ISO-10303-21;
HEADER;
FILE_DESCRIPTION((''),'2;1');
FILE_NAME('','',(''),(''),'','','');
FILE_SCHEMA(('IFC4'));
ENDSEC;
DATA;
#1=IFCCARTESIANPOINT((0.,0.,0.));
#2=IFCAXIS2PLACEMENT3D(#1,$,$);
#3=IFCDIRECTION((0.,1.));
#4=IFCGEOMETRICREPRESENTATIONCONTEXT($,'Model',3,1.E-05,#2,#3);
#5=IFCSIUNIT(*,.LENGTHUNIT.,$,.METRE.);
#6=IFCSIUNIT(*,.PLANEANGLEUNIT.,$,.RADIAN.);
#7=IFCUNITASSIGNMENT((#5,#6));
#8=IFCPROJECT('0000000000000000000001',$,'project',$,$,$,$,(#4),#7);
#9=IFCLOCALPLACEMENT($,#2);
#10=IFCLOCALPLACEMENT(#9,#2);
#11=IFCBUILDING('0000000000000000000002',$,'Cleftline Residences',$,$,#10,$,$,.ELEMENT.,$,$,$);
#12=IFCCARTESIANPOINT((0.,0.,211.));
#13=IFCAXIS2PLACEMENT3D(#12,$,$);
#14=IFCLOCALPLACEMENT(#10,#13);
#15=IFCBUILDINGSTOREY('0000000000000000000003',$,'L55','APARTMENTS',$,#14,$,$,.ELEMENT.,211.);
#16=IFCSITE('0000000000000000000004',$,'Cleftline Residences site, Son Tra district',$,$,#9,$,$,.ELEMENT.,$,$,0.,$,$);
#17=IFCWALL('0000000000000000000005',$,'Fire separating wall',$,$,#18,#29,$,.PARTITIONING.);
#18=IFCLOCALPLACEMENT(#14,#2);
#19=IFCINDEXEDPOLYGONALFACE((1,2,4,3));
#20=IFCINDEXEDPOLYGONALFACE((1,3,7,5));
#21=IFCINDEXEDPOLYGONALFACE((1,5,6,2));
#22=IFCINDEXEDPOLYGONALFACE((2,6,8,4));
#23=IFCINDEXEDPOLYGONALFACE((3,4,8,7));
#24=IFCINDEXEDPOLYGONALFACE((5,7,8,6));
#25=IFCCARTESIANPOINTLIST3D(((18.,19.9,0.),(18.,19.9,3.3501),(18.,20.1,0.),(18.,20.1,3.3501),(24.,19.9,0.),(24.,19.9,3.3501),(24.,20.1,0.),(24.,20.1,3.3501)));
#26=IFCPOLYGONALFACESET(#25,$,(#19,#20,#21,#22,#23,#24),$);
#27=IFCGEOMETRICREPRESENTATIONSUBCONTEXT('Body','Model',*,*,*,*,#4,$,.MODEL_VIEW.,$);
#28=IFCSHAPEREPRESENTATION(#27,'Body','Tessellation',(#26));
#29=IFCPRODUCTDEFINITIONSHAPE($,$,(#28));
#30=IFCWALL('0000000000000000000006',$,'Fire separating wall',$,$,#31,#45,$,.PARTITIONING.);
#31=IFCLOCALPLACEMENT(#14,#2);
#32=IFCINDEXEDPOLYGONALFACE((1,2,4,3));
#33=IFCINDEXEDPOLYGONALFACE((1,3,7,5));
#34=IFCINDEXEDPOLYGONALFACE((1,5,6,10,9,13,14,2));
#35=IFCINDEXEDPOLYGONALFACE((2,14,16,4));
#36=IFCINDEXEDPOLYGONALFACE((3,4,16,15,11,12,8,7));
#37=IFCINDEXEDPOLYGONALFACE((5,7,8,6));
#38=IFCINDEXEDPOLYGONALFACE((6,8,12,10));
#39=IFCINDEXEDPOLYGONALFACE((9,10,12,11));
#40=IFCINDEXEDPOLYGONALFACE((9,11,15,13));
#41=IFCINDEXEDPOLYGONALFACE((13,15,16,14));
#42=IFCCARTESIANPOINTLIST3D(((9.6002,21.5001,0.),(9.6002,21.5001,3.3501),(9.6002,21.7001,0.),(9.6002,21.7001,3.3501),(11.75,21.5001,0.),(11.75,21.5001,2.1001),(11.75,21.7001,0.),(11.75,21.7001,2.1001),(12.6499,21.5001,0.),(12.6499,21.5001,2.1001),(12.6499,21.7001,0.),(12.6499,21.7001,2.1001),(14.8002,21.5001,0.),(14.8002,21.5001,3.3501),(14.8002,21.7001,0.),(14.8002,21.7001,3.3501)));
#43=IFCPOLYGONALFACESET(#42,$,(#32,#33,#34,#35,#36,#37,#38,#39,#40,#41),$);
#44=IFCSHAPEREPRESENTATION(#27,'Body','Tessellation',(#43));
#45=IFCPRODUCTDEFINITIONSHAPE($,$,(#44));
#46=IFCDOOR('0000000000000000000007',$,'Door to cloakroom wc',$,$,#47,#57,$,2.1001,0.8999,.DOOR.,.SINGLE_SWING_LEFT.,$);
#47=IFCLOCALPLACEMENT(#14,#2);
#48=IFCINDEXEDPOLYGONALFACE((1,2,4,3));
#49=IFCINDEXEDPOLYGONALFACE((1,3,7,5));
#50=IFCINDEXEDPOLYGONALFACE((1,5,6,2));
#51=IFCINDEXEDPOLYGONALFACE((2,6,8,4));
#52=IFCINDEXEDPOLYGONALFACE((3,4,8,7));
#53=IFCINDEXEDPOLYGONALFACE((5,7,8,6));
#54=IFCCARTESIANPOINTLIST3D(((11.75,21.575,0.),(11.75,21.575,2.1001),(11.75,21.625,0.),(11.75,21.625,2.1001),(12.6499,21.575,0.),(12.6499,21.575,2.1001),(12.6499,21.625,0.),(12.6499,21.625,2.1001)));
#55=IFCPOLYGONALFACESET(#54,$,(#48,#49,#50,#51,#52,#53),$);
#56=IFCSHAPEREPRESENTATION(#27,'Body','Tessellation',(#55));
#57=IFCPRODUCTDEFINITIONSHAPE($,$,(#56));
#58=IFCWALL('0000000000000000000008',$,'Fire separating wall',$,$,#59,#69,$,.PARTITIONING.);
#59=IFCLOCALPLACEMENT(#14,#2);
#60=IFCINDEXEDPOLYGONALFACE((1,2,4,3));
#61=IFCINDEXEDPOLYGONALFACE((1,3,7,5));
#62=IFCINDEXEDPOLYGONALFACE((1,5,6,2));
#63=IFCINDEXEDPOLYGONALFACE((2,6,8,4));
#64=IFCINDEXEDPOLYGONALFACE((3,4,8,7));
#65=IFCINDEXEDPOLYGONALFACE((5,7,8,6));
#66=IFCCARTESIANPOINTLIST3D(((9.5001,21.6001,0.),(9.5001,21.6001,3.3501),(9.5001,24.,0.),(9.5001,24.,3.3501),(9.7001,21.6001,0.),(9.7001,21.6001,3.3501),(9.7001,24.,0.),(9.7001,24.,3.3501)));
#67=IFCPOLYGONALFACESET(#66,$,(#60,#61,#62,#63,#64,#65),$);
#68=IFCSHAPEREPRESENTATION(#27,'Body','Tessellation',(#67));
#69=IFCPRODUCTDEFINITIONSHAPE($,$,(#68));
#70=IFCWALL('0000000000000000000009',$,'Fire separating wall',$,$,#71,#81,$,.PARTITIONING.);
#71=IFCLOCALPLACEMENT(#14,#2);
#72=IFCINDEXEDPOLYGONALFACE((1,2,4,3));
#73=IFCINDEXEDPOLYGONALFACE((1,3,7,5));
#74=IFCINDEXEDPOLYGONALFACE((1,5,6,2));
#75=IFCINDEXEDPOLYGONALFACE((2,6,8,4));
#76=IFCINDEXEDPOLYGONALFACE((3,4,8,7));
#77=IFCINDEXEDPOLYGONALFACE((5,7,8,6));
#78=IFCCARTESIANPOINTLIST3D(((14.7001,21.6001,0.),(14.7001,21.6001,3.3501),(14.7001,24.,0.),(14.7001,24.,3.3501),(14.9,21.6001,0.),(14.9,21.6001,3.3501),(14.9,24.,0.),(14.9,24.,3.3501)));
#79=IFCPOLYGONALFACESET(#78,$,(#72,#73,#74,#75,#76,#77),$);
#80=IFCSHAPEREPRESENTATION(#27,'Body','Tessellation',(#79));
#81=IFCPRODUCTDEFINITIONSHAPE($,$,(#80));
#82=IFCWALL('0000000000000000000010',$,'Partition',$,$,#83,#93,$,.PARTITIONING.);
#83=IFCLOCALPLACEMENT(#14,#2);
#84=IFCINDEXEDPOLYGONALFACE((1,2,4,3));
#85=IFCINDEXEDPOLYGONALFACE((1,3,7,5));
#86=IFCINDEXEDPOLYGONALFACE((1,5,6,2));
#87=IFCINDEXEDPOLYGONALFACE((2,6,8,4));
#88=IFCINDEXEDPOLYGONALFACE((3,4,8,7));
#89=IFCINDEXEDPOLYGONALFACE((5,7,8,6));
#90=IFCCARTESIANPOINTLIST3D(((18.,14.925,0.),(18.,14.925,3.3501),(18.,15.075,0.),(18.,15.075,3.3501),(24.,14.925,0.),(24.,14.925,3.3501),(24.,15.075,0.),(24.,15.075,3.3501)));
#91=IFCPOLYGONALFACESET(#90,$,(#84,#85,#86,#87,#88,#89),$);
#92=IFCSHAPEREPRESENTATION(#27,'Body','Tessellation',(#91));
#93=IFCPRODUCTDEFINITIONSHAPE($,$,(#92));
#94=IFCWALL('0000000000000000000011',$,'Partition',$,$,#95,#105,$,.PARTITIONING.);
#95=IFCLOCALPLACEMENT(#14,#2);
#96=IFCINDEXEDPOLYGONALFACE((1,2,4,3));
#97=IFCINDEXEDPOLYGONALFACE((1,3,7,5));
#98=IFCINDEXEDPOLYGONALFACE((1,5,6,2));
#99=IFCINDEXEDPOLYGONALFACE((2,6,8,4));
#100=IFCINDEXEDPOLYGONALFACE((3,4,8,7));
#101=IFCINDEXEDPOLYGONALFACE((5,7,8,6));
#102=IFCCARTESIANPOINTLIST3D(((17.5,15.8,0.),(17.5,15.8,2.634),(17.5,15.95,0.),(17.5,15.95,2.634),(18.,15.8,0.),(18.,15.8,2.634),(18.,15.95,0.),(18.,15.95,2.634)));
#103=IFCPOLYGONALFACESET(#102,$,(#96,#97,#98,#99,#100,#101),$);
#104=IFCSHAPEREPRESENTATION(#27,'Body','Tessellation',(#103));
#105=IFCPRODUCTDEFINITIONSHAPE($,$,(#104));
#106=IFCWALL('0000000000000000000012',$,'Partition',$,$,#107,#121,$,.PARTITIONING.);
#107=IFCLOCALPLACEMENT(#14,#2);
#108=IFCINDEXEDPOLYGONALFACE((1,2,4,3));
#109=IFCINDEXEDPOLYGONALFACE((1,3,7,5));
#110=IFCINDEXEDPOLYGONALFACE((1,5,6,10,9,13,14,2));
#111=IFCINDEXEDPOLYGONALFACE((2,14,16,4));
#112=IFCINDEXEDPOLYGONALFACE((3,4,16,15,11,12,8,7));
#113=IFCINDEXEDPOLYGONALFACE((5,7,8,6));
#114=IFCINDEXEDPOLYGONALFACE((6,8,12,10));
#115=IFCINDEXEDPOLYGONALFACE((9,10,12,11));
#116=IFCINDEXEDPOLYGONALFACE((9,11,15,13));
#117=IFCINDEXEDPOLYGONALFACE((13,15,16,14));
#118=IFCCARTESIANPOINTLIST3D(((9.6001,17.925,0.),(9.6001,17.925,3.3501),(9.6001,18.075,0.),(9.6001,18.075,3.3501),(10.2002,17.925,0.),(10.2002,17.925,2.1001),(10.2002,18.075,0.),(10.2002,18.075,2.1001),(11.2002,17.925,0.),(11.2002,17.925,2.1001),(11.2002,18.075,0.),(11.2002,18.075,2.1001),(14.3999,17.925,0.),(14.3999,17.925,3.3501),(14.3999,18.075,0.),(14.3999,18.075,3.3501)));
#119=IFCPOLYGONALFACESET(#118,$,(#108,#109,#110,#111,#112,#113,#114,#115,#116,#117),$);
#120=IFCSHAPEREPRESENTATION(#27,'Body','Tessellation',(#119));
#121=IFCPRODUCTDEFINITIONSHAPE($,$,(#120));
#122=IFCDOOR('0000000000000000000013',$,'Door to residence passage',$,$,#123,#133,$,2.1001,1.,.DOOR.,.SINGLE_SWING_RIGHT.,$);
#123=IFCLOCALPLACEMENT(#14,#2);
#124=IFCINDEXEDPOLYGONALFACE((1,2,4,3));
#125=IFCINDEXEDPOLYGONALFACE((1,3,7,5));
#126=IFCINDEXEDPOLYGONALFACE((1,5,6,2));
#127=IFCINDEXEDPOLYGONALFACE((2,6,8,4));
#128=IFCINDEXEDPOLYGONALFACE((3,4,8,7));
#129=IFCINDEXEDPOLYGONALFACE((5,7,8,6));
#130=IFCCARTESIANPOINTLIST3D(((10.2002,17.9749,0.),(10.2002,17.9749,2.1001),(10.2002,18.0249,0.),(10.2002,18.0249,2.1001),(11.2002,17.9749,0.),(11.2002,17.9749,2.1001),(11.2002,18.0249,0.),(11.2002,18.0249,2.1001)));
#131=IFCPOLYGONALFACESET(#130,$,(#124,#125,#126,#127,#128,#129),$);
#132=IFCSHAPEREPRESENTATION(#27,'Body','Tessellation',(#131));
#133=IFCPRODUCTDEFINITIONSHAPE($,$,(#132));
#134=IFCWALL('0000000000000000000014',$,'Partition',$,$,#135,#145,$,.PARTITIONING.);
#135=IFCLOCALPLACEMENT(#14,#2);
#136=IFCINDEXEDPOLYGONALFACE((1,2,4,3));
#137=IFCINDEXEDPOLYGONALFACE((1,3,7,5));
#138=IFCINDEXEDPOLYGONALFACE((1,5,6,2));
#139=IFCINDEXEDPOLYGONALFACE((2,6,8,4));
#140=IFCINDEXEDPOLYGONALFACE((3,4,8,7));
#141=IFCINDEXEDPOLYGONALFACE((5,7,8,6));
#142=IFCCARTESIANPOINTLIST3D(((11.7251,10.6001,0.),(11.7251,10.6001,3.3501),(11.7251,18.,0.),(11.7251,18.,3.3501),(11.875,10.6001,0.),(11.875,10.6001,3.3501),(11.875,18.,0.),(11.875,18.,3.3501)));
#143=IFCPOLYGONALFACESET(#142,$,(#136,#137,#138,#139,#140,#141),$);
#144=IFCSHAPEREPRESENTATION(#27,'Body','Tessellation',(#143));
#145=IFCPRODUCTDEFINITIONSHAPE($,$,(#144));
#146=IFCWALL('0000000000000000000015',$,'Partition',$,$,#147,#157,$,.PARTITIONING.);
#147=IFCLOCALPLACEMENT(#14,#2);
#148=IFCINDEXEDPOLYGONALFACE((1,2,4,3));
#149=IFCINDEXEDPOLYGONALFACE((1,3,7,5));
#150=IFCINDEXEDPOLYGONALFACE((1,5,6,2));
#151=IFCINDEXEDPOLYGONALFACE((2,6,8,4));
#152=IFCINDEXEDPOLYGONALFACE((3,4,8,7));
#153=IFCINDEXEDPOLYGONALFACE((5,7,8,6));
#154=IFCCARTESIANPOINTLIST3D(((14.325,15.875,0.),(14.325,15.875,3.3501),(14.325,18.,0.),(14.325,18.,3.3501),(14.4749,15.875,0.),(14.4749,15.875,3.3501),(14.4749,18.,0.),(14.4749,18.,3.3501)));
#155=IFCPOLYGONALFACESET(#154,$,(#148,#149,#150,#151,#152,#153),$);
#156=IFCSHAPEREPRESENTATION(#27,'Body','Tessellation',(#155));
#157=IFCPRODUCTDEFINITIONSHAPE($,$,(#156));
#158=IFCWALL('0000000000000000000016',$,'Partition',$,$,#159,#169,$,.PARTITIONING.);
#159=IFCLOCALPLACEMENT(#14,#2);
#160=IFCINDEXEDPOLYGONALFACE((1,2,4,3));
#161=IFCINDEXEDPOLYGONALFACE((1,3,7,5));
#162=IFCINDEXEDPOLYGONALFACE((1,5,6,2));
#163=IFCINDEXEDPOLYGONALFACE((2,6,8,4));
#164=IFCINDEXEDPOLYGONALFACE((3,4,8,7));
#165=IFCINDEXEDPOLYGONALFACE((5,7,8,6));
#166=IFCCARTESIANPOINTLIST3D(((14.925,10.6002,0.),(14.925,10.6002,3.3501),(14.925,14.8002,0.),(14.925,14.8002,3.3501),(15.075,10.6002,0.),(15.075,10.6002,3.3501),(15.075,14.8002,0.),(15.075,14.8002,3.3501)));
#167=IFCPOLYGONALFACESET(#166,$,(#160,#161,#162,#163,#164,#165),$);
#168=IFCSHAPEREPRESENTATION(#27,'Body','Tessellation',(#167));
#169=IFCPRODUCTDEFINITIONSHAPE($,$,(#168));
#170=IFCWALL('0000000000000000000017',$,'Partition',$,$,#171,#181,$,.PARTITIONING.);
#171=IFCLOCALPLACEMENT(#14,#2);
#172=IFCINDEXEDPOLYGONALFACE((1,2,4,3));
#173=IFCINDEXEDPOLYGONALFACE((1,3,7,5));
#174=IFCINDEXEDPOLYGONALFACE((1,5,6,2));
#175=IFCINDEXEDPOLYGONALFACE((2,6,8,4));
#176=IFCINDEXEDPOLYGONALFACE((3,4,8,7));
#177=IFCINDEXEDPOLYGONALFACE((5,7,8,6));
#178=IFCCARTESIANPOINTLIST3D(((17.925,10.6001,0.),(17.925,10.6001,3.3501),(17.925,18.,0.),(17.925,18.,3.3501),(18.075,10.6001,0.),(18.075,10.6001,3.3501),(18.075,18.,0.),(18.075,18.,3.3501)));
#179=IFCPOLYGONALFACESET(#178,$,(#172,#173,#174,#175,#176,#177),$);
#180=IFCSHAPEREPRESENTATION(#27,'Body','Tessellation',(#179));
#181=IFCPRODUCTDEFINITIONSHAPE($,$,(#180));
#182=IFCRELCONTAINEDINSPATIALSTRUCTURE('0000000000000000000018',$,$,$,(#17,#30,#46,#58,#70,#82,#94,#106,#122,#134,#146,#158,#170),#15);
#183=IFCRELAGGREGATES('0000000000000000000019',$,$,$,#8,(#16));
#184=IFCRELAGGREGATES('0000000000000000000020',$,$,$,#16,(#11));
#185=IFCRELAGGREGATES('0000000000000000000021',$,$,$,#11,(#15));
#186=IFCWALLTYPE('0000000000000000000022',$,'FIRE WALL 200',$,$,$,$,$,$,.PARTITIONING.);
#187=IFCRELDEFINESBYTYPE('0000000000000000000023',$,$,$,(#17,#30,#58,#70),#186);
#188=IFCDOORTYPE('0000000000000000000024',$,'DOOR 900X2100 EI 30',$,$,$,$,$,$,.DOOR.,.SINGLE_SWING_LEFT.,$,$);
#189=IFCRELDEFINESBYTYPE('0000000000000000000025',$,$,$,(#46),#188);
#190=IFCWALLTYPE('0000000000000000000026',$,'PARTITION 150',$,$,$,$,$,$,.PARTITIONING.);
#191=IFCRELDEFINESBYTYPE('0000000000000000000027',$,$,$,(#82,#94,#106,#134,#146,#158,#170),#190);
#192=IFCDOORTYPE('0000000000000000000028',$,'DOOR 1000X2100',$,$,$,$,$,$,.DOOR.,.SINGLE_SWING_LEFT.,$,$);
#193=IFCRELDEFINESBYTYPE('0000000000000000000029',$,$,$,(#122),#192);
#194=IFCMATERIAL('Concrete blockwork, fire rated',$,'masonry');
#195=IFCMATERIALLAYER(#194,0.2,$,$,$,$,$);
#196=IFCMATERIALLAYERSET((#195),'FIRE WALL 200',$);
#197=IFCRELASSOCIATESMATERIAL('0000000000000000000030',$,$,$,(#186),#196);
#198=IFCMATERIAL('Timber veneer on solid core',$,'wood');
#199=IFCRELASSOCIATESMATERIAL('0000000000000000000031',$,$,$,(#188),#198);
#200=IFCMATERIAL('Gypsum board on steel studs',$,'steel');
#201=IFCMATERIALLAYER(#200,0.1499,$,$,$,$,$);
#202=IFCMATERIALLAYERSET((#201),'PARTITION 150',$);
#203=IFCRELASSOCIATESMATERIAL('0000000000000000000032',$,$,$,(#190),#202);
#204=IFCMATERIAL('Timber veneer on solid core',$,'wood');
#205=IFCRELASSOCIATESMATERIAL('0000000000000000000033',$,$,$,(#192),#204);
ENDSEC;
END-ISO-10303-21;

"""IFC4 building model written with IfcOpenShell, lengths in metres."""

from ifc_helpers import new_model, si_unit, direction, frame, frame_2d, origin, place, context, subcontext, project, spatial, rectangle, extrude, material, layer, layer_set, type_object, element, fill, save


model = new_model("IFC4")

# Units and contexts
model_context = context("Model", 3, precision=1e-05, world=origin(), true_north=direction((0.0, 1.0)))
body_context = subcontext(model_context, "Body", "Model", "MODEL_VIEW")
ifc_project = project(units=[si_unit("LENGTHUNIT", "METRE"), si_unit("PLANEANGLEUNIT", "RADIAN")], contexts=[model_context])

# Site, building, storey
site_placement = place(None, origin())
site = spatial("IfcSite", under=ifc_project, at=site_placement, Name="Cleftline Residences site, Son Tra district", CompositionType="ELEMENT", RefElevation=0.0)
building_placement = place(site_placement, origin())
building = spatial("IfcBuilding", under=site, at=building_placement, Name="Cleftline Residences", CompositionType="ELEMENT")
storey_placement = place(building_placement, frame((0.0, 0.0, 211.0)))
storey = spatial("IfcBuildingStorey", under=building, at=storey_placement, Name="L55", Description="APARTMENTS", CompositionType="ELEMENT", Elevation=211.0)

# Wall
ifc_material_1 = material(Name="Concrete blockwork, fire rated", Category="masonry")
ifc_layer_1 = layer(ifc_material_1, 0.2)
ifc_layer_set_1 = layer_set([ifc_layer_1], Name="FIRE WALL 200")
wall_type_1 = type_object("IfcWallType", Name="FIRE WALL 200", PredefinedType="PARTITIONING", material=ifc_layer_set_1)
wall_1_placement = place(storey_placement, frame((18.0, 20.0, 0.0), z_axis=(0.0, 0.0, 1.0), x_axis=(1.0, 0.0, 0.0)))
element("IfcWall", 1, at=wall_1_placement, inside=storey, type_object=wall_type_1, Name="Fire separating wall", PredefinedType="PARTITIONING", context=body_context, shape_type="SweptSolid", body=[
    extrude(rectangle(XDim=6.0, YDim=0.2, at=frame_2d((3.0, 0.0))), origin(), (0.0, 0.0, 1.0), 3.3501),
])

# Wall, opening, door
wall_2_placement = place(storey_placement, frame((9.6001, 21.6001, 0.0), z_axis=(0.0, 0.0, 1.0), x_axis=(1.0, 0.0, 0.0)))
wall_2 = element("IfcWall", 2, at=wall_2_placement, inside=storey, type_object=wall_type_1, Name="Fire separating wall", PredefinedType="PARTITIONING", context=body_context, shape_type="SweptSolid", body=[
    extrude(rectangle(XDim=5.2, YDim=0.2, at=frame_2d((2.6001, 0.0))), origin(), (0.0, 0.0, 1.0), 3.3501),
])
opening_1_placement = place(wall_2_placement, frame((2.1499, 0.0, 0.0)))
opening_1 = element("IfcOpeningElement", 3, at=opening_1_placement, cuts=wall_2, PredefinedType="OPENING", context=body_context, shape_type="SweptSolid", body=[
    extrude(rectangle(XDim=0.8999, YDim=2.1001, at=frame_2d((0.45, 1.05))), frame((0.0, 0.1099, 0.0), z_axis=(0.0, -1.0, 0.0), x_axis=(1.0, 0.0, 0.0)), (0.0, 0.0, 1.0), 0.22),
])
ifc_material_2 = material(Name="Timber veneer on solid core", Category="wood")
door_type_1 = type_object("IfcDoorType", Name="DOOR 900X2100 EI 30", OperationType="SINGLE_SWING_LEFT", PredefinedType="DOOR", material=ifc_material_2)
door_1_placement = place(opening_1_placement, origin())
door_1 = element("IfcDoor", 4, at=door_1_placement, inside=storey, type_object=door_type_1, Name="Door to cloakroom wc", OperationType="SINGLE_SWING_LEFT", OverallHeight=2.1001, OverallWidth=0.8999, PredefinedType="DOOR", context=body_context, shape_type="SweptSolid", body=[
    extrude(rectangle(XDim=0.8999, YDim=2.1001, at=frame_2d((0.45, 1.05))), frame((0.0, 0.0249, 0.0), z_axis=(0.0, -1.0, 0.0), x_axis=(1.0, 0.0, 0.0)), (0.0, 0.0, 1.0), 0.05),
])
fill(opening_1, door_1)

# Walls
for number, where, z_axis, x_axis, name in (
    (5, (9.6001, 21.6001, 0.0), (0.0, 0.0, 1.0), (0.0, 1.0, 0.0), "Fire separating wall"),
    (6, (14.8, 21.6001, 0.0), (0.0, 0.0, 1.0), (0.0, 1.0, 0.0), "Fire separating wall"),
):
    element("IfcWall", number, at=place(storey_placement, frame(where, z_axis=z_axis, x_axis=x_axis)), inside=storey, type_object=wall_type_1, Name=name, PredefinedType="PARTITIONING", context=body_context, shape_type="SweptSolid", body=[
        extrude(rectangle(XDim=2.3999, YDim=0.2, at=frame_2d((1.2, 0.0))), origin(), (0.0, 0.0, 1.0), 3.3501),
    ])

# Walls
ifc_material_3 = material(Name="Gypsum board on steel studs", Category="steel")
ifc_layer_2 = layer(ifc_material_3, 0.1499)
ifc_layer_set_2 = layer_set([ifc_layer_2], Name="PARTITION 150")
wall_type_2 = type_object("IfcWallType", Name="PARTITION 150", PredefinedType="PARTITIONING", material=ifc_layer_set_2)
wall_3_placement = place(storey_placement, frame((18.0, 15.0, 0.0), z_axis=(0.0, 0.0, 1.0), x_axis=(1.0, 0.0, 0.0)))
element("IfcWall", 7, at=wall_3_placement, inside=storey, type_object=wall_type_2, Name="Partition", PredefinedType="PARTITIONING", context=body_context, shape_type="SweptSolid", body=[
    extrude(rectangle(XDim=6.0, YDim=0.1499, at=frame_2d((3.0, 0.0))), origin(), (0.0, 0.0, 1.0), 3.3501),
])
wall_4_placement = place(storey_placement, frame((17.5, 15.875, 0.0), z_axis=(0.0, 0.0, 1.0), x_axis=(1.0, 0.0, 0.0)))
element("IfcWall", 8, at=wall_4_placement, inside=storey, type_object=wall_type_2, Name="Partition", PredefinedType="PARTITIONING", context=body_context, shape_type="SweptSolid", body=[
    extrude(rectangle(XDim=0.5, YDim=0.1499, at=frame_2d((0.25, 0.0))), origin(), (0.0, 0.0, 1.0), 2.634),
])

# Wall, opening, door
wall_5_placement = place(storey_placement, frame((9.6001, 18.0, 0.0), z_axis=(0.0, 0.0, 1.0), x_axis=(1.0, 0.0, 0.0)))
wall_5 = element("IfcWall", 9, at=wall_5_placement, inside=storey, type_object=wall_type_2, Name="Partition", PredefinedType="PARTITIONING", context=body_context, shape_type="SweptSolid", body=[
    extrude(rectangle(XDim=4.7998, YDim=0.1499, at=frame_2d((2.3999, 0.0))), origin(), (0.0, 0.0, 1.0), 3.3501),
])
opening_2_placement = place(wall_5_placement, frame((0.6001, 0.0, 0.0)))
opening_2 = element("IfcOpeningElement", 10, at=opening_2_placement, cuts=wall_5, PredefinedType="OPENING", context=body_context, shape_type="SweptSolid", body=[
    extrude(rectangle(XDim=1.0, YDim=2.1001, at=frame_2d((0.5, 1.05))), frame((0.0, 0.085, 0.0), z_axis=(0.0, -1.0, 0.0), x_axis=(1.0, 0.0, 0.0)), (0.0, 0.0, 1.0), 0.1699),
])
ifc_material_4 = material(Name="Timber veneer on solid core", Category="wood")
door_type_2 = type_object("IfcDoorType", Name="DOOR 1000X2100", OperationType="SINGLE_SWING_LEFT", PredefinedType="DOOR", material=ifc_material_4)
door_2_placement = place(opening_2_placement, origin())
door_2 = element("IfcDoor", 11, at=door_2_placement, inside=storey, type_object=door_type_2, Name="Door to residence passage", OperationType="SINGLE_SWING_RIGHT", OverallHeight=2.1001, OverallWidth=1.0, PredefinedType="DOOR", context=body_context, shape_type="SweptSolid", body=[
    extrude(rectangle(XDim=1.0, YDim=2.1001, at=frame_2d((0.5, 1.05))), frame((0.0, 0.0249, 0.0), z_axis=(0.0, -1.0, 0.0), x_axis=(1.0, 0.0, 0.0)), (0.0, 0.0, 1.0), 0.05),
])
fill(opening_2, door_2)

# Walls
wall_6_placement = place(storey_placement, frame((11.8, 10.6001, 0.0), z_axis=(0.0, 0.0, 1.0), x_axis=(0.0, 1.0, 0.0)))
element("IfcWall", 12, at=wall_6_placement, inside=storey, type_object=wall_type_2, Name="Partition", PredefinedType="PARTITIONING", context=body_context, shape_type="SweptSolid", body=[
    extrude(rectangle(XDim=7.3999, YDim=0.1499, at=frame_2d((3.7, 0.0))), origin(), (0.0, 0.0, 1.0), 3.3501),
])
wall_7_placement = place(storey_placement, frame((14.3999, 15.875, 0.0), z_axis=(0.0, 0.0, 1.0), x_axis=(0.0, 1.0, 0.0)))
element("IfcWall", 13, at=wall_7_placement, inside=storey, type_object=wall_type_2, Name="Partition", PredefinedType="PARTITIONING", context=body_context, shape_type="SweptSolid", body=[
    extrude(rectangle(XDim=2.125, YDim=0.1499, at=frame_2d((1.0625, 0.0))), origin(), (0.0, 0.0, 1.0), 3.3501),
])
wall_8_placement = place(storey_placement, frame((15.0, 10.6001, 0.0), z_axis=(0.0, 0.0, 1.0), x_axis=(0.0, 1.0, 0.0)))
element("IfcWall", 14, at=wall_8_placement, inside=storey, type_object=wall_type_2, Name="Partition", PredefinedType="PARTITIONING", context=body_context, shape_type="SweptSolid", body=[
    extrude(rectangle(XDim=4.2, YDim=0.1499, at=frame_2d((2.1001, 0.0))), origin(), (0.0, 0.0, 1.0), 3.3501),
])
wall_9_placement = place(storey_placement, frame((18.0, 10.6001, 0.0), z_axis=(0.0, 0.0, 1.0), x_axis=(0.0, 1.0, 0.0)))
element("IfcWall", 15, at=wall_9_placement, inside=storey, type_object=wall_type_2, Name="Partition", PredefinedType="PARTITIONING", context=body_context, shape_type="SweptSolid", body=[
    extrude(rectangle(XDim=7.3999, YDim=0.1499, at=frame_2d((3.7, 0.0))), origin(), (0.0, 0.0, 1.0), 3.3501),
])

save(model, "model.ifc")
